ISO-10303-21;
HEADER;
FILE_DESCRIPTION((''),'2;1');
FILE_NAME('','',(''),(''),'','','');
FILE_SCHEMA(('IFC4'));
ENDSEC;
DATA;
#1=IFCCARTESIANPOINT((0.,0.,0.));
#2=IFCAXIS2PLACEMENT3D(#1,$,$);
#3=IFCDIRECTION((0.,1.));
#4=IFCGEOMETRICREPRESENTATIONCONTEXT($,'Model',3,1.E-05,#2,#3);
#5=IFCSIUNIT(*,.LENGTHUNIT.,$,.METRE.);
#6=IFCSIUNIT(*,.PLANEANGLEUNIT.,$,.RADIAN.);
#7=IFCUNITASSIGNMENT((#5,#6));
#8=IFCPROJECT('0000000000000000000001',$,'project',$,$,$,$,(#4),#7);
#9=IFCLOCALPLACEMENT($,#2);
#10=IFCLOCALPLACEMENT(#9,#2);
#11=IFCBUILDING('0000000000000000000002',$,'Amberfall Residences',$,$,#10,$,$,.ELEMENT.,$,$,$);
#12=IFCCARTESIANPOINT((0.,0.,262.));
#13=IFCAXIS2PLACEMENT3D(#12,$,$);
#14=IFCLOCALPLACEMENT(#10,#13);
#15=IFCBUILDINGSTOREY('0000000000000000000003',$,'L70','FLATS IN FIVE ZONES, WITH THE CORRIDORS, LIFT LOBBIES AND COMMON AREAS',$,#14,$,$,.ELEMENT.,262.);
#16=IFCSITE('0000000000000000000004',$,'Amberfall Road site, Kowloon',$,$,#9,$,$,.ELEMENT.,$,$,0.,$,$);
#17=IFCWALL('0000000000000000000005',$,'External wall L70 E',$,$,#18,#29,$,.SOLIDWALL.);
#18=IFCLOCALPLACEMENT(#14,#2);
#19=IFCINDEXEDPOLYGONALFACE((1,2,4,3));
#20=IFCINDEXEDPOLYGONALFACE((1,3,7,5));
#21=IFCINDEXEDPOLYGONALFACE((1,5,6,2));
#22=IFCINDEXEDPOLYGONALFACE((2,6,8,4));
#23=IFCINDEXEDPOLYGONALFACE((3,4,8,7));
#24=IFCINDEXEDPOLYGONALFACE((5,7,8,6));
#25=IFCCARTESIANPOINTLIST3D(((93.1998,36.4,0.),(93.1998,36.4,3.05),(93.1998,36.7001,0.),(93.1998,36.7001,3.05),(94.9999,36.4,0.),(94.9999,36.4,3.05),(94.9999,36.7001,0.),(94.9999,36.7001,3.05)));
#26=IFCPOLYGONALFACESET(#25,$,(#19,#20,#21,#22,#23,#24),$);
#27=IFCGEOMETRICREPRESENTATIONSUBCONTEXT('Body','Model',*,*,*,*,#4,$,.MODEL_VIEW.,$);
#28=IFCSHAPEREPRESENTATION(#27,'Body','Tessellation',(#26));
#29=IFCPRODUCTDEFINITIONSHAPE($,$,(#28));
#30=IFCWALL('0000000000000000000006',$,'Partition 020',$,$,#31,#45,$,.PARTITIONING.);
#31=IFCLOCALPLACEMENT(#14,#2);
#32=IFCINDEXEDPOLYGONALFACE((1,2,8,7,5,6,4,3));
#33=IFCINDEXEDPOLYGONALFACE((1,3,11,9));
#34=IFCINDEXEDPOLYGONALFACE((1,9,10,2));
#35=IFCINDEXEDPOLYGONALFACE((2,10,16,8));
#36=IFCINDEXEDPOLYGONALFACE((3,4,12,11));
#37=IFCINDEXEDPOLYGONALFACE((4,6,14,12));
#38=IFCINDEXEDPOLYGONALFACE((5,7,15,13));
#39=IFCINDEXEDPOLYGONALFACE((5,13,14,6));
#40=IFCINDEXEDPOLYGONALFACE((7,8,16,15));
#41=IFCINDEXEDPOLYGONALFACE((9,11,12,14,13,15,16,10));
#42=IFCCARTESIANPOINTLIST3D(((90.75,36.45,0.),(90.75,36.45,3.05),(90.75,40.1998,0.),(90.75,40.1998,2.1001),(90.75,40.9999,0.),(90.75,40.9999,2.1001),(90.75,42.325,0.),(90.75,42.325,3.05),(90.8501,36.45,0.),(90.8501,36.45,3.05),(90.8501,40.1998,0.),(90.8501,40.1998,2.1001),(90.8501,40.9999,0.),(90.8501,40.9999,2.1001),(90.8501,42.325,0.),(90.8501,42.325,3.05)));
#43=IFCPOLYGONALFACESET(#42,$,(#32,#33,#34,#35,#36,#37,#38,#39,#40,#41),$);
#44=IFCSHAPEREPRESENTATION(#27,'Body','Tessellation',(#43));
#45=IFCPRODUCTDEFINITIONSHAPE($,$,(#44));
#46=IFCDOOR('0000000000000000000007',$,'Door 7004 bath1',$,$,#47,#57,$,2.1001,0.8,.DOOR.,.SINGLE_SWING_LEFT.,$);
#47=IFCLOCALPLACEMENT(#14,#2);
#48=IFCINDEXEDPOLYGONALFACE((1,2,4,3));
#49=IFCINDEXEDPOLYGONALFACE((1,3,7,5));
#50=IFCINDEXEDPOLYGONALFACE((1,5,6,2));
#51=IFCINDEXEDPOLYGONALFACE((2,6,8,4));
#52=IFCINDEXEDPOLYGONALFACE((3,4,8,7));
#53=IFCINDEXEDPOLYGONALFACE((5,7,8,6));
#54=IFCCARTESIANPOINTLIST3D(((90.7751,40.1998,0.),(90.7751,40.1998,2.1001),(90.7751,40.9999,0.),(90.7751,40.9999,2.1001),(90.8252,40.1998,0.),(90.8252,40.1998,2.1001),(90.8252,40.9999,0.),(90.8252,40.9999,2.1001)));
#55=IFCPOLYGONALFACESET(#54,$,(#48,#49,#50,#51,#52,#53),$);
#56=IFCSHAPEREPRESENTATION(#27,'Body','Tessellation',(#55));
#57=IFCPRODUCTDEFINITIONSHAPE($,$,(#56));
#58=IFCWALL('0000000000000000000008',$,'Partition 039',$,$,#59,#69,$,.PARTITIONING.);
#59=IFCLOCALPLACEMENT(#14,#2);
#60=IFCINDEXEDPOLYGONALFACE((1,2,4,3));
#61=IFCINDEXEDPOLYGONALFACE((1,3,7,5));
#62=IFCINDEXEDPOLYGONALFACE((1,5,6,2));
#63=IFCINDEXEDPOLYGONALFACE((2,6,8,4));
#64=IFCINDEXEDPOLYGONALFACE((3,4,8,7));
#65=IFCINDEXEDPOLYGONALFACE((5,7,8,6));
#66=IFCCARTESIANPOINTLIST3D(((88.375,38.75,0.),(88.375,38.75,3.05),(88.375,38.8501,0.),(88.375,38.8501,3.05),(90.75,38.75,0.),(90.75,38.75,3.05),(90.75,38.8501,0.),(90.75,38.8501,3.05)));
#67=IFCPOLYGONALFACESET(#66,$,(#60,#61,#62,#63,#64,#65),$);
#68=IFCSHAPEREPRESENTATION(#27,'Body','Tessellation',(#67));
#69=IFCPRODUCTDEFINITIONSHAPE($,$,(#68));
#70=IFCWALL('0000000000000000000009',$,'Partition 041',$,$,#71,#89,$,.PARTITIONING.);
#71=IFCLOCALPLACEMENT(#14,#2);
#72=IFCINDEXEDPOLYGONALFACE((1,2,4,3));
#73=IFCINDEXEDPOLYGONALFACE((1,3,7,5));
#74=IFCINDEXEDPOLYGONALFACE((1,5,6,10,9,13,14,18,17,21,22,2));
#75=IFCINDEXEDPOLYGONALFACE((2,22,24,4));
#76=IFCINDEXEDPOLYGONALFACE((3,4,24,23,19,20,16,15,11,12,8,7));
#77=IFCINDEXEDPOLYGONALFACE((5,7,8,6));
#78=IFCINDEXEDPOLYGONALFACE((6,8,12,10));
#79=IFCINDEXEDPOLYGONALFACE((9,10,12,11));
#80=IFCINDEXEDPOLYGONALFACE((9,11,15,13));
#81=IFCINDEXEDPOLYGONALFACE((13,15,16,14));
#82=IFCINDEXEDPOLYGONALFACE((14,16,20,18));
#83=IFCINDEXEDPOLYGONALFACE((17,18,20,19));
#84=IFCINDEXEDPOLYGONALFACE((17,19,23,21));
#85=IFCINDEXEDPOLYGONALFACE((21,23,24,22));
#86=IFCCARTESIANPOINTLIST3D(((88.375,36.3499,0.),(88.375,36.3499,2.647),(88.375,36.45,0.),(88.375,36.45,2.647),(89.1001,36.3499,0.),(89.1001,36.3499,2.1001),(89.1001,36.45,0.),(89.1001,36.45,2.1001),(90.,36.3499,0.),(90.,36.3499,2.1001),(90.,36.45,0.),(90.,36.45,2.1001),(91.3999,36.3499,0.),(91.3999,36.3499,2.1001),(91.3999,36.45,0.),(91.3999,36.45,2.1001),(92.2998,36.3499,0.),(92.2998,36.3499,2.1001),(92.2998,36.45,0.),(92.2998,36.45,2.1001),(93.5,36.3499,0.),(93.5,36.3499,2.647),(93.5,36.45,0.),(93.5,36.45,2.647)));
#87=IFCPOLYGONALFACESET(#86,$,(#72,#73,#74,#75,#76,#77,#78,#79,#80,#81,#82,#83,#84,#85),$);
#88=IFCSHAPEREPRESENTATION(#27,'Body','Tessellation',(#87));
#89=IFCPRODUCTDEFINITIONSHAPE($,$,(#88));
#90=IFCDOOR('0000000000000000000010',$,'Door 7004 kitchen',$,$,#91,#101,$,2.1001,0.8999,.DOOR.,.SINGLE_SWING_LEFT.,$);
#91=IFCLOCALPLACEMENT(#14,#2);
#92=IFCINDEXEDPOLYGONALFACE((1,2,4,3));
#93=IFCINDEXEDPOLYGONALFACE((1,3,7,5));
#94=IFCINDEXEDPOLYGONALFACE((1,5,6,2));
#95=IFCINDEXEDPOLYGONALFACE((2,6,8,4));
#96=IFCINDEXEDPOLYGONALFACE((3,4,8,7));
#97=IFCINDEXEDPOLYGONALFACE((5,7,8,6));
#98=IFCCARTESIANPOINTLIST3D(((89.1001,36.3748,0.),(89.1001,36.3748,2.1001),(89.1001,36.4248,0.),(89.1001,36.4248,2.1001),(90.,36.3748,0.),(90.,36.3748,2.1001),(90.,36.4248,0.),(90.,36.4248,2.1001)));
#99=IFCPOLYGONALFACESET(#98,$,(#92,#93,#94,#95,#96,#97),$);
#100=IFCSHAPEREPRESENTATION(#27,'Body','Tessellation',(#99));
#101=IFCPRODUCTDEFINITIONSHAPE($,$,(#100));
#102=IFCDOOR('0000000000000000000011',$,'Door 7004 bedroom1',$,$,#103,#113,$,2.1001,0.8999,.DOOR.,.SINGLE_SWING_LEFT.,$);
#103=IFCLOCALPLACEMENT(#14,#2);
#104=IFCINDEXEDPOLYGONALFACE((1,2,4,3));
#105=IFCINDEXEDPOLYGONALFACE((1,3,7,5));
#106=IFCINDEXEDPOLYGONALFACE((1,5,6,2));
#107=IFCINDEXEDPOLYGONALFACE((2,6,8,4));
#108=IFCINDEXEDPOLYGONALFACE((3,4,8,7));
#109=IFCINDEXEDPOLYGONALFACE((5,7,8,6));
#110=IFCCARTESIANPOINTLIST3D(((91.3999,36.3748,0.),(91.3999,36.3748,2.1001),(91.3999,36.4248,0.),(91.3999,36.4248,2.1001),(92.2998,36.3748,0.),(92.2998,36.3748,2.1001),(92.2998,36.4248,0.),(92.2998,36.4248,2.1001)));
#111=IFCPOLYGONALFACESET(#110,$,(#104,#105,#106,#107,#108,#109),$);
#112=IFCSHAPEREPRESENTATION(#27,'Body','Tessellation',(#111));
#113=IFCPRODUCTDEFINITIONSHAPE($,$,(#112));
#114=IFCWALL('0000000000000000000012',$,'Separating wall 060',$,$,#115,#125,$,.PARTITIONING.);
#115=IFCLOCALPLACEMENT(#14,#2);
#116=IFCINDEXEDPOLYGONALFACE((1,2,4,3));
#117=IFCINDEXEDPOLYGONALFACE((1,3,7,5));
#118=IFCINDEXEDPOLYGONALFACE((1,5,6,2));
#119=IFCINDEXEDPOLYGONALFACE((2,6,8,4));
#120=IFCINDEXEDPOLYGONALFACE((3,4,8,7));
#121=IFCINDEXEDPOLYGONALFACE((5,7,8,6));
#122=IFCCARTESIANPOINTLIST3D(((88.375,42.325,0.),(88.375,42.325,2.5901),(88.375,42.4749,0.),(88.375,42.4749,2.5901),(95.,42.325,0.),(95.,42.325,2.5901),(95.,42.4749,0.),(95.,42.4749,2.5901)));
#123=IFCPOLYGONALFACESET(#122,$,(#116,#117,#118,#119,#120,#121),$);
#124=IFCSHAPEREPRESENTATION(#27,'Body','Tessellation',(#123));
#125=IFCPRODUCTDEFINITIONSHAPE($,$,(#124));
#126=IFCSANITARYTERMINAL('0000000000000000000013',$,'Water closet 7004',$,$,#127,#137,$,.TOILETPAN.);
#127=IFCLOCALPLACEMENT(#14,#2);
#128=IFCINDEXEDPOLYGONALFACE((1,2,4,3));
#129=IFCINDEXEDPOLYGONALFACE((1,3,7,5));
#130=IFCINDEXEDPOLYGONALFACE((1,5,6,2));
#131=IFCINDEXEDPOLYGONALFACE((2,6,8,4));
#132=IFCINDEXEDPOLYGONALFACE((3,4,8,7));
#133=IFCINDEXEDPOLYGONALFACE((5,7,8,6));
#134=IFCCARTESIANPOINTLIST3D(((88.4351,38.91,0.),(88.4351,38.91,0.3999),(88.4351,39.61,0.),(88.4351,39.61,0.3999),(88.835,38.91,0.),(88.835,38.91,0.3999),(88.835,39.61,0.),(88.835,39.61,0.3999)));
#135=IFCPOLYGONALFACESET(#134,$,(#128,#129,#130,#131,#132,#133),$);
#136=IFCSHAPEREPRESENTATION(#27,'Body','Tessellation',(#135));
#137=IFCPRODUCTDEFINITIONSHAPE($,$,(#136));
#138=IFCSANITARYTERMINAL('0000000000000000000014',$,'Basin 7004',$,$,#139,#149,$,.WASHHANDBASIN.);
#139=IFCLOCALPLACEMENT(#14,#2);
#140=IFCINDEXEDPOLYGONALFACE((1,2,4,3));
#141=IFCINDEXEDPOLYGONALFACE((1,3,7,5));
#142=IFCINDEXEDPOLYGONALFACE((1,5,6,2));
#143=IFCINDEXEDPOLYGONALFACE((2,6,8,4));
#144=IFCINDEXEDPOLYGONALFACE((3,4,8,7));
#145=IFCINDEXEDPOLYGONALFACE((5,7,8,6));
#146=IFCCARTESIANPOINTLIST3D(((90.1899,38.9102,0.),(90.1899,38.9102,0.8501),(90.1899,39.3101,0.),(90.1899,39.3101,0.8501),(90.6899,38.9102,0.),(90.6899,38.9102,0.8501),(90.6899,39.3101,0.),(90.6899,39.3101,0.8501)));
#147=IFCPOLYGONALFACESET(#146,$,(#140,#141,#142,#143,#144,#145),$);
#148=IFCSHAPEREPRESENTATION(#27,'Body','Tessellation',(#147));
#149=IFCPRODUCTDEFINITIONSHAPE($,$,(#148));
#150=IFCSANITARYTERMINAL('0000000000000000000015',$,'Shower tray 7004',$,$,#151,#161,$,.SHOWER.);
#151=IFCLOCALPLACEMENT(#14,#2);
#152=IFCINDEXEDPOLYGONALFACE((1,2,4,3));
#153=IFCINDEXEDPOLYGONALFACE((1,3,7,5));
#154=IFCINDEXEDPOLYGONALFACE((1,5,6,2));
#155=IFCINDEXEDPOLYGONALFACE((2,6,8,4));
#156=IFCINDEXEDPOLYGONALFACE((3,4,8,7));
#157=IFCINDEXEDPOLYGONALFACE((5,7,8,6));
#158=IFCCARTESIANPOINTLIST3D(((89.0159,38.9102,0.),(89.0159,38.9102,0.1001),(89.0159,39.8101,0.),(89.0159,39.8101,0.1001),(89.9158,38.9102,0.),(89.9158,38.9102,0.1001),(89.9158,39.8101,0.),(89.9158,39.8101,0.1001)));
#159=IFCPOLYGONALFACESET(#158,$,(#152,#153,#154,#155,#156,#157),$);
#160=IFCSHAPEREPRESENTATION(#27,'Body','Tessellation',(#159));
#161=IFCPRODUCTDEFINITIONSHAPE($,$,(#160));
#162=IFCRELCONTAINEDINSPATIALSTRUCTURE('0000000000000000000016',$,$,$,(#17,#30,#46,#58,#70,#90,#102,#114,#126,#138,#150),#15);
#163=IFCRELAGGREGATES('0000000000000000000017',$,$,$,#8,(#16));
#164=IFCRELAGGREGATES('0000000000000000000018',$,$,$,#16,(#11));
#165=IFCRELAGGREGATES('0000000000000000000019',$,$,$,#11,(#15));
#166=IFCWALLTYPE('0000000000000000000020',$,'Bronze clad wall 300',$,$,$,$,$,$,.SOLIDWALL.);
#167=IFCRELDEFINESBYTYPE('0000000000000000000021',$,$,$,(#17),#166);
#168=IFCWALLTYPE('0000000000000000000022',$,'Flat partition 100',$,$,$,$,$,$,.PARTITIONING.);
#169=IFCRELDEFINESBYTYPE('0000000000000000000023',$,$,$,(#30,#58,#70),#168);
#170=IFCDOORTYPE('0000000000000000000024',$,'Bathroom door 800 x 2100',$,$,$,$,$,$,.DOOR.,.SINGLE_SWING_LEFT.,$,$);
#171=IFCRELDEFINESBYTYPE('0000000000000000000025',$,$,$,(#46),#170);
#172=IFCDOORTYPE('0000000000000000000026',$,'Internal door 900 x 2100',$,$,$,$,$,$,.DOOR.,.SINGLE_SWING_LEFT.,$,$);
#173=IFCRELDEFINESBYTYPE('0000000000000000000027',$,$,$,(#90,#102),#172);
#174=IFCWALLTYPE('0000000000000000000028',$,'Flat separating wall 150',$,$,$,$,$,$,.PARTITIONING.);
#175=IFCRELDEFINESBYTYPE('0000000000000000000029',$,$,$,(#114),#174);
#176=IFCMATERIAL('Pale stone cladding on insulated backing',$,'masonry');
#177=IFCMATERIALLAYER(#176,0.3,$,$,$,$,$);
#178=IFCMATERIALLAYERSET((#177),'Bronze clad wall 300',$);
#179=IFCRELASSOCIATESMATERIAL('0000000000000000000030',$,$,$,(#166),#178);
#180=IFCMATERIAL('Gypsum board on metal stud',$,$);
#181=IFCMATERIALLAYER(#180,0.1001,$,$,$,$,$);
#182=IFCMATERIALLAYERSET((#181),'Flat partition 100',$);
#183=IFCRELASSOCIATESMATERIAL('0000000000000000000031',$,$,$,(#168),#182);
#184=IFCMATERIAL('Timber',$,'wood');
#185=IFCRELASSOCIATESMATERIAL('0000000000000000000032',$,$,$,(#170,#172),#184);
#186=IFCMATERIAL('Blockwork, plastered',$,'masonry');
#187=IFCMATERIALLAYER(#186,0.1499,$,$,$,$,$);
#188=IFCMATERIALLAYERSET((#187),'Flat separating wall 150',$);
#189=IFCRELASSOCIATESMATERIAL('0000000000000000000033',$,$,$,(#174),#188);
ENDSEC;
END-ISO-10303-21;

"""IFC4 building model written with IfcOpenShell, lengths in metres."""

from ifc_helpers import new_model, si_unit, direction, frame, frame_2d, origin, origin_2d, place, context, subcontext, project, spatial, rectangle, extrude, material, layer, layer_set, type_object, element, fill, save


model = new_model("IFC4")

# Units and contexts
model_context = context("Model", 3, precision=1e-05, world=origin(), true_north=direction((0.0, 1.0)))
body_context = subcontext(model_context, "Body", "Model", "MODEL_VIEW")
ifc_project = project(units=[si_unit("LENGTHUNIT", "METRE"), si_unit("PLANEANGLEUNIT", "RADIAN")], contexts=[model_context])

# Site, building, storey
site_placement = place(None, origin())
site = spatial("IfcSite", under=ifc_project, at=site_placement, Name="Amberfall Road site, Kowloon", CompositionType="ELEMENT", RefElevation=0.0)
building_placement = place(site_placement, origin())
building = spatial("IfcBuilding", under=site, at=building_placement, Name="Amberfall Residences", CompositionType="ELEMENT")
storey_placement = place(building_placement, frame((0.0, 0.0, 262.0)))
storey = spatial("IfcBuildingStorey", under=building, at=storey_placement, Name="L70", Description="FLATS IN FIVE ZONES, WITH THE CORRIDORS, LIFT LOBBIES AND COMMON AREAS", CompositionType="ELEMENT", Elevation=262.0)

# Wall
ifc_material_1 = material(Name="Pale stone cladding on insulated backing", Category="masonry")
ifc_layer_1 = layer(ifc_material_1, 0.3)
ifc_layer_set_1 = layer_set([ifc_layer_1], Name="Bronze clad wall 300")
wall_type_1 = type_object("IfcWallType", Name="Bronze clad wall 300", PredefinedType="SOLIDWALL", material=ifc_layer_set_1)
wall_1_placement = place(storey_placement, frame((93.2, 36.55, 0.0), z_axis=(0.0, 0.0, 1.0), x_axis=(1.0, 0.0, 0.0)))
element("IfcWall", 1, at=wall_1_placement, inside=storey, type_object=wall_type_1, Name="External wall L70 E", PredefinedType="SOLIDWALL", context=body_context, shape_type="SweptSolid", body=[
    extrude(rectangle(XDim=1.8, YDim=0.3, at=frame_2d((0.8999, 0.0))), origin(), (0.0, 0.0, 1.0), 3.05),
])

# Wall, opening, door
ifc_material_2 = material(Name="Gypsum board on metal stud")
ifc_layer_2 = layer(ifc_material_2, 0.1001)
ifc_layer_set_2 = layer_set([ifc_layer_2], Name="Flat partition 100")
wall_type_2 = type_object("IfcWallType", Name="Flat partition 100", PredefinedType="PARTITIONING", material=ifc_layer_set_2)
wall_2_placement = place(storey_placement, frame((90.8, 36.45, 0.0), z_axis=(0.0, 0.0, 1.0), x_axis=(0.0, 1.0, 0.0)))
wall_2 = element("IfcWall", 2, at=wall_2_placement, inside=storey, type_object=wall_type_2, Name="Partition 020", PredefinedType="PARTITIONING", context=body_context, shape_type="SweptSolid", body=[
    extrude(rectangle(XDim=5.875, YDim=0.1001, at=frame_2d((2.9375, 0.0))), origin(), (0.0, 0.0, 1.0), 3.05),
])
opening_1_placement = place(wall_2_placement, frame((3.75, 0.0, 0.0)))
opening_1 = element("IfcOpeningElement", 3, at=opening_1_placement, cuts=wall_2, PredefinedType="OPENING", context=body_context, shape_type="SweptSolid", body=[
    extrude(rectangle(XDim=0.8, YDim=2.1001, at=frame_2d((0.3999, 1.05))), frame((0.0, 0.0601, 0.0), z_axis=(0.0, -1.0, 0.0), x_axis=(1.0, 0.0, 0.0)), (0.0, 0.0, 1.0), 0.1201),
])
ifc_material_3 = material(Name="Timber", Category="wood")
door_type_1 = type_object("IfcDoorType", Name="Bathroom door 800 x 2100", OperationType="SINGLE_SWING_LEFT", PredefinedType="DOOR", material=ifc_material_3)
door_1_placement = place(opening_1_placement, origin())
door_1 = element("IfcDoor", 4, at=door_1_placement, inside=storey, type_object=door_type_1, Name="Door 7004 bath1", OperationType="SINGLE_SWING_LEFT", OverallHeight=2.1001, OverallWidth=0.8, PredefinedType="DOOR", context=body_context, shape_type="SweptSolid", body=[
    extrude(rectangle(XDim=0.8, YDim=2.1001, at=frame_2d((0.3999, 1.05))), frame((0.0, 0.0249, 0.0), z_axis=(0.0, -1.0, 0.0), x_axis=(1.0, 0.0, 0.0)), (0.0, 0.0, 1.0), 0.05),
])
fill(opening_1, door_1)

# Wall
wall_3_placement = place(storey_placement, frame((88.375, 38.8, 0.0), z_axis=(0.0, 0.0, 1.0), x_axis=(1.0, 0.0, 0.0)))
element("IfcWall", 5, at=wall_3_placement, inside=storey, type_object=wall_type_2, Name="Partition 039", PredefinedType="PARTITIONING", context=body_context, shape_type="SweptSolid", body=[
    extrude(rectangle(XDim=2.375, YDim=0.1001, at=frame_2d((1.1875, 0.0))), origin(), (0.0, 0.0, 1.0), 3.05),
])

# Wall, openings, doors
wall_4_placement = place(storey_placement, frame((88.375, 36.3999, 0.0), z_axis=(0.0, 0.0, 1.0), x_axis=(1.0, 0.0, 0.0)))
wall_4 = element("IfcWall", 6, at=wall_4_placement, inside=storey, type_object=wall_type_2, Name="Partition 041", PredefinedType="PARTITIONING", context=body_context, shape_type="SweptSolid", body=[
    extrude(rectangle(XDim=5.125, YDim=0.1001, at=frame_2d((2.5625, 0.0))), origin(), (0.0, 0.0, 1.0), 2.647),
])
opening_2_placement = place(wall_4_placement, frame((0.7251, 0.0, 0.0)))
opening_2 = element("IfcOpeningElement", 7, at=opening_2_placement, cuts=wall_4, PredefinedType="OPENING", context=body_context, shape_type="SweptSolid", body=[
    extrude(rectangle(XDim=0.8999, YDim=2.1001, at=frame_2d((0.45, 1.05))), frame((0.0, 0.0601, 0.0), z_axis=(0.0, -1.0, 0.0), x_axis=(1.0, 0.0, 0.0)), (0.0, 0.0, 1.0), 0.1201),
])
opening_3_placement = place(wall_4_placement, frame((3.0249, 0.0, 0.0)))
opening_3 = element("IfcOpeningElement", 8, at=opening_3_placement, cuts=wall_4, PredefinedType="OPENING", context=body_context, shape_type="SweptSolid", body=[
    extrude(rectangle(XDim=0.8999, YDim=2.1001, at=frame_2d((0.45, 1.05))), frame((0.0, 0.0601, 0.0), z_axis=(0.0, -1.0, 0.0), x_axis=(1.0, 0.0, 0.0)), (0.0, 0.0, 1.0), 0.1201),
])
door_type_2 = type_object("IfcDoorType", Name="Internal door 900 x 2100", OperationType="SINGLE_SWING_LEFT", PredefinedType="DOOR", material=ifc_material_3)
door_2_placement = place(opening_2_placement, origin())
door_2 = element("IfcDoor", 9, at=door_2_placement, inside=storey, type_object=door_type_2, Name="Door 7004 kitchen", OperationType="SINGLE_SWING_LEFT", OverallHeight=2.1001, OverallWidth=0.8999, PredefinedType="DOOR", context=body_context, shape_type="SweptSolid", body=[
    extrude(rectangle(XDim=0.8999, YDim=2.1001, at=frame_2d((0.45, 1.05))), frame((0.0, 0.0249, 0.0), z_axis=(0.0, -1.0, 0.0), x_axis=(1.0, 0.0, 0.0)), (0.0, 0.0, 1.0), 0.05),
])
fill(opening_2, door_2)
door_3_placement = place(opening_3_placement, origin())
door_3 = element("IfcDoor", 10, at=door_3_placement, inside=storey, type_object=door_type_2, Name="Door 7004 bedroom1", OperationType="SINGLE_SWING_LEFT", OverallHeight=2.1001, OverallWidth=0.8999, PredefinedType="DOOR", context=body_context, shape_type="SweptSolid", body=[
    extrude(rectangle(XDim=0.8999, YDim=2.1001, at=frame_2d((0.45, 1.05))), frame((0.0, 0.0249, 0.0), z_axis=(0.0, -1.0, 0.0), x_axis=(1.0, 0.0, 0.0)), (0.0, 0.0, 1.0), 0.05),
])
fill(opening_3, door_3)

# Wall
ifc_material_4 = material(Name="Blockwork, plastered", Category="masonry")
ifc_layer_3 = layer(ifc_material_4, 0.1499)
ifc_layer_set_3 = layer_set([ifc_layer_3], Name="Flat separating wall 150")
wall_type_3 = type_object("IfcWallType", Name="Flat separating wall 150", PredefinedType="PARTITIONING", material=ifc_layer_set_3)
wall_5_placement = place(storey_placement, frame((88.375, 42.3999, 0.0), z_axis=(0.0, 0.0, 1.0), x_axis=(1.0, 0.0, 0.0)))
element("IfcWall", 11, at=wall_5_placement, inside=storey, type_object=wall_type_3, Name="Separating wall 060", PredefinedType="PARTITIONING", context=body_context, shape_type="SweptSolid", body=[
    extrude(rectangle(XDim=6.625, YDim=0.1499, at=frame_2d((3.3125, 0.0))), origin(), (0.0, 0.0, 1.0), 2.5901),
])

# Sanitary terminals
sanitary_terminal_1_placement = place(storey_placement, frame((88.635, 39.26, 0.0), z_axis=(0.0, 0.0, 1.0), x_axis=(1.0, 0.0, 0.0)))
element("IfcSanitaryTerminal", 12, at=sanitary_terminal_1_placement, inside=storey, Name="Water closet 7004", PredefinedType="TOILETPAN", context=body_context, shape_type="SweptSolid", body=[
    extrude(rectangle(XDim=0.3999, YDim=0.7, at=origin_2d()), origin(), (0.0, 0.0, 1.0), 0.3999),
])
sanitary_terminal_2_placement = place(storey_placement, frame((90.4399, 39.1101, 0.0), z_axis=(0.0, 0.0, 1.0), x_axis=(1.0, 0.0, 0.0)))
element("IfcSanitaryTerminal", 13, at=sanitary_terminal_2_placement, inside=storey, Name="Basin 7004", PredefinedType="WASHHANDBASIN", context=body_context, shape_type="SweptSolid", body=[
    extrude(rectangle(XDim=0.5, YDim=0.3999, at=origin_2d()), origin(), (0.0, 0.0, 1.0), 0.8501),
])
sanitary_terminal_3_placement = place(storey_placement, frame((89.4658, 39.3601, 0.0), z_axis=(0.0, 0.0, 1.0), x_axis=(1.0, 0.0, 0.0)))
element("IfcSanitaryTerminal", 14, at=sanitary_terminal_3_placement, inside=storey, Name="Shower tray 7004", PredefinedType="SHOWER", context=body_context, shape_type="SweptSolid", body=[
    extrude(rectangle(XDim=0.8999, YDim=0.8999, at=origin_2d()), origin(), (0.0, 0.0, 1.0), 0.1001),
])

save(model, "model.ifc")
